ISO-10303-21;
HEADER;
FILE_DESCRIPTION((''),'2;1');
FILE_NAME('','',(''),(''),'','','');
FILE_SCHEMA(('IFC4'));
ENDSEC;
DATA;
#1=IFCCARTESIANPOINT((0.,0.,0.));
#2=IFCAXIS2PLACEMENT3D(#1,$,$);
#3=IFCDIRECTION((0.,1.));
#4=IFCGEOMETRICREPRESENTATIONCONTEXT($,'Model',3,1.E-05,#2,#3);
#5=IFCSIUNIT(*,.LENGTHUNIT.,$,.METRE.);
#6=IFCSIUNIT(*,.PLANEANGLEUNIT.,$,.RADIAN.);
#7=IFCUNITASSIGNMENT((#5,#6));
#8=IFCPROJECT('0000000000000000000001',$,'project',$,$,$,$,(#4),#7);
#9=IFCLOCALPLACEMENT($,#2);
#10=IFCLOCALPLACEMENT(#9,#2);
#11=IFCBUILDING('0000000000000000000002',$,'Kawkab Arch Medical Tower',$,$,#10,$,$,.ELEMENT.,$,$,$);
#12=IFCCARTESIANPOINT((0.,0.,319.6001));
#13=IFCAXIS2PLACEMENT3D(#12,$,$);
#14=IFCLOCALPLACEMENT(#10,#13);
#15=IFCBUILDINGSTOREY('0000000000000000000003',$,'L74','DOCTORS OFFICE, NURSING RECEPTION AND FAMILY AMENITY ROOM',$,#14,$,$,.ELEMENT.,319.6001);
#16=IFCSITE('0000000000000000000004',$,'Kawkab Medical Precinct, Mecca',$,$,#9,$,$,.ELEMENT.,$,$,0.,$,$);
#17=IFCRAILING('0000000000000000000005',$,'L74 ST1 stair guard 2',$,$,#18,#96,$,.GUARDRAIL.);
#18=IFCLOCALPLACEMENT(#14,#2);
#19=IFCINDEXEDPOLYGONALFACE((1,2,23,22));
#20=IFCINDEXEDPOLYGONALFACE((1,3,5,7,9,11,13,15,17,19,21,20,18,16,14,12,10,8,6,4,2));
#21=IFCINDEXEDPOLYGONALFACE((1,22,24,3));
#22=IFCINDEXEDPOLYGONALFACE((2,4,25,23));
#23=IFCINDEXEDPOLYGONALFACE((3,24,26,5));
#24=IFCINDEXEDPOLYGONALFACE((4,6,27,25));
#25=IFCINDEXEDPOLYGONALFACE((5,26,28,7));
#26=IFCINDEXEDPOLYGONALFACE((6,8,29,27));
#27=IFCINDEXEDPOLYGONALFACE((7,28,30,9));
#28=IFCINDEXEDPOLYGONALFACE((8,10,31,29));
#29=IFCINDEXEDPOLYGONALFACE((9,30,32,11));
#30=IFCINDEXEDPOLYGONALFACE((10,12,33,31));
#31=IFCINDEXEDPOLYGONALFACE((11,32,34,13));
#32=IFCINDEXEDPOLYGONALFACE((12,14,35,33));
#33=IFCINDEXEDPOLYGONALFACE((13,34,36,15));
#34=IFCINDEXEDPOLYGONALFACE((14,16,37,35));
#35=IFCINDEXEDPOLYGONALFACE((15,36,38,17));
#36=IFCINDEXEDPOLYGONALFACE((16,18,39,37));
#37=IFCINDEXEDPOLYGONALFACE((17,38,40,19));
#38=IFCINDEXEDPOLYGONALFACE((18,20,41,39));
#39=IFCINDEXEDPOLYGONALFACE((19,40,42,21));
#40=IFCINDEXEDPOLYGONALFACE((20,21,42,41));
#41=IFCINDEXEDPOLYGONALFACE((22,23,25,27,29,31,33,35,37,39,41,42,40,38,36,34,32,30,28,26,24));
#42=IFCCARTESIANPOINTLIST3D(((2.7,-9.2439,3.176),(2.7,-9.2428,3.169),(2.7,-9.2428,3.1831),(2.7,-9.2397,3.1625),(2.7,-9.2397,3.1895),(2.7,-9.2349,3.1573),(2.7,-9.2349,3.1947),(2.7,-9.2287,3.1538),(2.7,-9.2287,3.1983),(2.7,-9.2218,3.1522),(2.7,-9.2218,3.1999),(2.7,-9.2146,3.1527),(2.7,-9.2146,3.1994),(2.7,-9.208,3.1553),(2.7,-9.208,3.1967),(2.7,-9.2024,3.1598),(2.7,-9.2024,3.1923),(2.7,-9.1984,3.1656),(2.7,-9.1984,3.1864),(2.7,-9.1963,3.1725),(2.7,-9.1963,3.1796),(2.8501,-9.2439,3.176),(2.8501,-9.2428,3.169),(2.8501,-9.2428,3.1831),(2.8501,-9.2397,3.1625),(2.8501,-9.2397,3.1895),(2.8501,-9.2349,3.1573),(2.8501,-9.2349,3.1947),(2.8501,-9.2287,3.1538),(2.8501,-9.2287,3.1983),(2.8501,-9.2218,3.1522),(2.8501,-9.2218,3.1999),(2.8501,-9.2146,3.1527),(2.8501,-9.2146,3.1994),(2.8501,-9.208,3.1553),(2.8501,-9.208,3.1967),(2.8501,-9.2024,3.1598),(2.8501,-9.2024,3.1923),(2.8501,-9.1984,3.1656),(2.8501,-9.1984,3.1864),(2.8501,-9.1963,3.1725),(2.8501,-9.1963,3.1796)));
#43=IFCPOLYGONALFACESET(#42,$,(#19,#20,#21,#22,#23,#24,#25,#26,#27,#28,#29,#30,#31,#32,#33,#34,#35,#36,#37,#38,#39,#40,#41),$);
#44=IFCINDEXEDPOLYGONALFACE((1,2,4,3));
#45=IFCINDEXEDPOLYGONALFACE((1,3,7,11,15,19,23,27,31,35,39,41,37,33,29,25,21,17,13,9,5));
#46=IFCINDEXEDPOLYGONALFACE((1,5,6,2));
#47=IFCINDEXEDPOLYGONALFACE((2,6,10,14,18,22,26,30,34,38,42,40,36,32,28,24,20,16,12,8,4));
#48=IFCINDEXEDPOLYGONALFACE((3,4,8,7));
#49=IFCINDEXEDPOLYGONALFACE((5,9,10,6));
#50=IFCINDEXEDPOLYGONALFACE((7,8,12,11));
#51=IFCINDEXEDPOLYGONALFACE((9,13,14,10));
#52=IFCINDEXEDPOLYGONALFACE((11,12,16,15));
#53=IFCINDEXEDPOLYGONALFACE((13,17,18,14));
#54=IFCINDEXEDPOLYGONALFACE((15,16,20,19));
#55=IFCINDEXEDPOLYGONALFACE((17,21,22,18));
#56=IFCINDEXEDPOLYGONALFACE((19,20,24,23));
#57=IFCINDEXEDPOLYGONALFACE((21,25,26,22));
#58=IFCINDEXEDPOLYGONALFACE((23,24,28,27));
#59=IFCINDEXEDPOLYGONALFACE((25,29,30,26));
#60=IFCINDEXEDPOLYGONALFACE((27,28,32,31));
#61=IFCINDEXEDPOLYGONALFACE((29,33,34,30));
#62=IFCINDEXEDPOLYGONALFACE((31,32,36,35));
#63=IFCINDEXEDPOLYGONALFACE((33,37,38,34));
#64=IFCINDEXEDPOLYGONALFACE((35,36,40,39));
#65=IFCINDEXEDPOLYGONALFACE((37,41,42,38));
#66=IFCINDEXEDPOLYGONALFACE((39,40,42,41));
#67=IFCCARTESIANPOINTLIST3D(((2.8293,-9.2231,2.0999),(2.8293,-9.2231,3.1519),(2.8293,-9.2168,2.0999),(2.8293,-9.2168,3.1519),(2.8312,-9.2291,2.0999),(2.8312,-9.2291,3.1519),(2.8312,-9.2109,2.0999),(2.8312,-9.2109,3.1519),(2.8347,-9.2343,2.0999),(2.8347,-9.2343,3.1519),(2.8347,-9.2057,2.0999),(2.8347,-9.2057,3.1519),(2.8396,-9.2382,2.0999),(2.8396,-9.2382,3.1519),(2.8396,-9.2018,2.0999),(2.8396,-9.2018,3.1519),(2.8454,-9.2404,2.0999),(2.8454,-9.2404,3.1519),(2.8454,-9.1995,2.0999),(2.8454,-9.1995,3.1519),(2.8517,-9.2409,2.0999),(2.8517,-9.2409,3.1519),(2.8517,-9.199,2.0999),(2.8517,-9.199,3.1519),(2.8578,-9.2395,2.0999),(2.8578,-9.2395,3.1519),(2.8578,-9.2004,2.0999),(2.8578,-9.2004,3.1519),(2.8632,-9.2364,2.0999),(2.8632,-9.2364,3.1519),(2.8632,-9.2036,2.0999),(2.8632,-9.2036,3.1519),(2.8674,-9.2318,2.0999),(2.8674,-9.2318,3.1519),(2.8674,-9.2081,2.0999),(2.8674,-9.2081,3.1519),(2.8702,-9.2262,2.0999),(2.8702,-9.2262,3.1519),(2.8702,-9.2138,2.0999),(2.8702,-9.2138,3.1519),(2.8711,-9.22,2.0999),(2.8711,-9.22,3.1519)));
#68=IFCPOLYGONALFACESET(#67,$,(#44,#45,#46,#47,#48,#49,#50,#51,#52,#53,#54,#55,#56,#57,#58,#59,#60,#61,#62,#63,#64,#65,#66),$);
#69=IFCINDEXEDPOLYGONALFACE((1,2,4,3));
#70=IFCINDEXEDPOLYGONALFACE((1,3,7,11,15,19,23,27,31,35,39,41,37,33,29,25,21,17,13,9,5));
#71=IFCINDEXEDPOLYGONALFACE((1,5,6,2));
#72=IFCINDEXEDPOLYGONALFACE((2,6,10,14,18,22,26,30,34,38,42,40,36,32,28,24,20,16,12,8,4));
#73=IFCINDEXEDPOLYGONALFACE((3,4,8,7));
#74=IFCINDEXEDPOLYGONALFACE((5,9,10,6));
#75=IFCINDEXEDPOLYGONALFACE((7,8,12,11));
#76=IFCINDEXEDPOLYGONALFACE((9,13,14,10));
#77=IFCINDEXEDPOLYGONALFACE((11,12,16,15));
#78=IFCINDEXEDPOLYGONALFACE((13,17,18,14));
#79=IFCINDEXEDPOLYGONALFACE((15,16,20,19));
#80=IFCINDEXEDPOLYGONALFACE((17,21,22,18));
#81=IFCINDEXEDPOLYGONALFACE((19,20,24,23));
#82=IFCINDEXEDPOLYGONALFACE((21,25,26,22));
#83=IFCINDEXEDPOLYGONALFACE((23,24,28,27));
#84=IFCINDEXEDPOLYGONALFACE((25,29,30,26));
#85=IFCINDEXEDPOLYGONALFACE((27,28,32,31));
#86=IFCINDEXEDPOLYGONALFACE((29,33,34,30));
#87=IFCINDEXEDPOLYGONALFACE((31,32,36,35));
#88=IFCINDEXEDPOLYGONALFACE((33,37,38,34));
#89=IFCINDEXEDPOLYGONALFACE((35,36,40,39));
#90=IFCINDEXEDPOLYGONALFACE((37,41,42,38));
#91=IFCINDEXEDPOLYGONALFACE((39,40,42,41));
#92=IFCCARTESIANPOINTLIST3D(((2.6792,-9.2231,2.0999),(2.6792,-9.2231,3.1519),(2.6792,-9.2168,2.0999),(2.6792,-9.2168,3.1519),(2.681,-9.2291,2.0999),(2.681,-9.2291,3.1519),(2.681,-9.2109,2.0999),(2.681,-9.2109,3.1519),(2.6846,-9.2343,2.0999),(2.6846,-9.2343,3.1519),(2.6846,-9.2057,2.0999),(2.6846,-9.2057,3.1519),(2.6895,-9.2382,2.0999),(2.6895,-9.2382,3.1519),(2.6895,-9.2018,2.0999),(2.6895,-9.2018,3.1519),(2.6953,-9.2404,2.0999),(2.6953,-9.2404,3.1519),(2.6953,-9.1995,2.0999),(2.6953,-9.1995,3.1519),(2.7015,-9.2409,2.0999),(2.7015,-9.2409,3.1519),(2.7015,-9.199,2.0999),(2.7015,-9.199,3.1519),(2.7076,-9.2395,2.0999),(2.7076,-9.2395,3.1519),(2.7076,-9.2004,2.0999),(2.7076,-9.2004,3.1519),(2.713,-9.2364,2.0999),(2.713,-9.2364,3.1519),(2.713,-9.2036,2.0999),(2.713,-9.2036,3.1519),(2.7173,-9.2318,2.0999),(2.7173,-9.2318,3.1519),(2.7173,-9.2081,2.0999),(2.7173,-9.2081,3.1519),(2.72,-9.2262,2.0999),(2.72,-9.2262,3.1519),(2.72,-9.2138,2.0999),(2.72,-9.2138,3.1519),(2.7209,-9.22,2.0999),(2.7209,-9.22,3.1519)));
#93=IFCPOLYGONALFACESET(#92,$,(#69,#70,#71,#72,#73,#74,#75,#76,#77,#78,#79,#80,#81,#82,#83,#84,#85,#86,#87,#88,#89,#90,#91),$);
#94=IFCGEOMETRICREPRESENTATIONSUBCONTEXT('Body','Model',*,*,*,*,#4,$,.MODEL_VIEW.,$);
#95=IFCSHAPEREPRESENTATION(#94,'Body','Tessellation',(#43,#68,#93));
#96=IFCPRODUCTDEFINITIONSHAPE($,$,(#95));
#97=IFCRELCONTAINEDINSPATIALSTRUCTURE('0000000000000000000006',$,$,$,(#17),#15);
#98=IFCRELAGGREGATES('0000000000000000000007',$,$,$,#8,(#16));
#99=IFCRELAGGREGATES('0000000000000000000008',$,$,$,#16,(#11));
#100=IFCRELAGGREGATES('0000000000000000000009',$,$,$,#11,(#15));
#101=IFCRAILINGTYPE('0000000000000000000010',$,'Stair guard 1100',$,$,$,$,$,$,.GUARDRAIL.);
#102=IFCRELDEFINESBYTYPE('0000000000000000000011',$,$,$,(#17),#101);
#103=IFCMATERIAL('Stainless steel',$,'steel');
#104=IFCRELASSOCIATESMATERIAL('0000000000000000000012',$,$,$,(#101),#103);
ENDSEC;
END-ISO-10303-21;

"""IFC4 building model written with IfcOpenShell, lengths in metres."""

from ifc_helpers import new_model, si_unit, direction, frame, origin, origin_2d, place, context, subcontext, project, spatial, circle, extrude, material, type_object, element, save


model = new_model("IFC4")

# Units and contexts
model_context = context("Model", 3, precision=1e-05, world=origin(), true_north=direction((0.0, 1.0)))
body_context = subcontext(model_context, "Body", "Model", "MODEL_VIEW")
ifc_project = project(units=[si_unit("LENGTHUNIT", "METRE"), si_unit("PLANEANGLEUNIT", "RADIAN")], contexts=[model_context])

# Site, building, storey
site_placement = place(None, origin())
site = spatial("IfcSite", under=ifc_project, at=site_placement, Name="Kawkab Medical Precinct, Mecca", CompositionType="ELEMENT", RefElevation=0.0)
building_placement = place(site_placement, origin())
building = spatial("IfcBuilding", under=site, at=building_placement, Name="Kawkab Arch Medical Tower", CompositionType="ELEMENT")
storey_placement = place(building_placement, frame((0.0, 0.0, 319.6001)))
storey = spatial("IfcBuildingStorey", under=building, at=storey_placement, Name="L74", Description="DOCTORS OFFICE, NURSING RECEPTION AND FAMILY AMENITY ROOM", CompositionType="ELEMENT", Elevation=319.6001)

# Railing
ifc_material_1 = material(Name="Stainless steel", Category="steel")
railing_type = type_object("IfcRailingType", Name="Stair guard 1100", PredefinedType="GUARDRAIL", material=ifc_material_1)
railing_1_placement = place(storey_placement, frame((2.8501, -9.22, 2.0999)))
element("IfcRailing", 1, at=railing_1_placement, inside=storey, type_object=railing_type, Name="L74 ST1 stair guard 2", PredefinedType="GUARDRAIL", context=body_context, shape_type="SweptSolid", body=[
    extrude(circle(Radius=0.0239, at=origin_2d()), frame((0.0, 0.0, 1.0762), z_axis=(-1.0, 0.0, 0.0), x_axis=(0.0, -1.0, 0.0)), (0.0, 0.0, 1.0), 0.1501),
    extrude(circle(Radius=0.021, at=origin_2d()), origin(), (0.0, 0.0, 1.0), 1.052),
    extrude(circle(Radius=0.021, at=origin_2d()), frame((-0.1501, 0.0, 0.0)), (0.0, 0.0, 1.0), 1.052),
])

save(model, "model.ifc")
